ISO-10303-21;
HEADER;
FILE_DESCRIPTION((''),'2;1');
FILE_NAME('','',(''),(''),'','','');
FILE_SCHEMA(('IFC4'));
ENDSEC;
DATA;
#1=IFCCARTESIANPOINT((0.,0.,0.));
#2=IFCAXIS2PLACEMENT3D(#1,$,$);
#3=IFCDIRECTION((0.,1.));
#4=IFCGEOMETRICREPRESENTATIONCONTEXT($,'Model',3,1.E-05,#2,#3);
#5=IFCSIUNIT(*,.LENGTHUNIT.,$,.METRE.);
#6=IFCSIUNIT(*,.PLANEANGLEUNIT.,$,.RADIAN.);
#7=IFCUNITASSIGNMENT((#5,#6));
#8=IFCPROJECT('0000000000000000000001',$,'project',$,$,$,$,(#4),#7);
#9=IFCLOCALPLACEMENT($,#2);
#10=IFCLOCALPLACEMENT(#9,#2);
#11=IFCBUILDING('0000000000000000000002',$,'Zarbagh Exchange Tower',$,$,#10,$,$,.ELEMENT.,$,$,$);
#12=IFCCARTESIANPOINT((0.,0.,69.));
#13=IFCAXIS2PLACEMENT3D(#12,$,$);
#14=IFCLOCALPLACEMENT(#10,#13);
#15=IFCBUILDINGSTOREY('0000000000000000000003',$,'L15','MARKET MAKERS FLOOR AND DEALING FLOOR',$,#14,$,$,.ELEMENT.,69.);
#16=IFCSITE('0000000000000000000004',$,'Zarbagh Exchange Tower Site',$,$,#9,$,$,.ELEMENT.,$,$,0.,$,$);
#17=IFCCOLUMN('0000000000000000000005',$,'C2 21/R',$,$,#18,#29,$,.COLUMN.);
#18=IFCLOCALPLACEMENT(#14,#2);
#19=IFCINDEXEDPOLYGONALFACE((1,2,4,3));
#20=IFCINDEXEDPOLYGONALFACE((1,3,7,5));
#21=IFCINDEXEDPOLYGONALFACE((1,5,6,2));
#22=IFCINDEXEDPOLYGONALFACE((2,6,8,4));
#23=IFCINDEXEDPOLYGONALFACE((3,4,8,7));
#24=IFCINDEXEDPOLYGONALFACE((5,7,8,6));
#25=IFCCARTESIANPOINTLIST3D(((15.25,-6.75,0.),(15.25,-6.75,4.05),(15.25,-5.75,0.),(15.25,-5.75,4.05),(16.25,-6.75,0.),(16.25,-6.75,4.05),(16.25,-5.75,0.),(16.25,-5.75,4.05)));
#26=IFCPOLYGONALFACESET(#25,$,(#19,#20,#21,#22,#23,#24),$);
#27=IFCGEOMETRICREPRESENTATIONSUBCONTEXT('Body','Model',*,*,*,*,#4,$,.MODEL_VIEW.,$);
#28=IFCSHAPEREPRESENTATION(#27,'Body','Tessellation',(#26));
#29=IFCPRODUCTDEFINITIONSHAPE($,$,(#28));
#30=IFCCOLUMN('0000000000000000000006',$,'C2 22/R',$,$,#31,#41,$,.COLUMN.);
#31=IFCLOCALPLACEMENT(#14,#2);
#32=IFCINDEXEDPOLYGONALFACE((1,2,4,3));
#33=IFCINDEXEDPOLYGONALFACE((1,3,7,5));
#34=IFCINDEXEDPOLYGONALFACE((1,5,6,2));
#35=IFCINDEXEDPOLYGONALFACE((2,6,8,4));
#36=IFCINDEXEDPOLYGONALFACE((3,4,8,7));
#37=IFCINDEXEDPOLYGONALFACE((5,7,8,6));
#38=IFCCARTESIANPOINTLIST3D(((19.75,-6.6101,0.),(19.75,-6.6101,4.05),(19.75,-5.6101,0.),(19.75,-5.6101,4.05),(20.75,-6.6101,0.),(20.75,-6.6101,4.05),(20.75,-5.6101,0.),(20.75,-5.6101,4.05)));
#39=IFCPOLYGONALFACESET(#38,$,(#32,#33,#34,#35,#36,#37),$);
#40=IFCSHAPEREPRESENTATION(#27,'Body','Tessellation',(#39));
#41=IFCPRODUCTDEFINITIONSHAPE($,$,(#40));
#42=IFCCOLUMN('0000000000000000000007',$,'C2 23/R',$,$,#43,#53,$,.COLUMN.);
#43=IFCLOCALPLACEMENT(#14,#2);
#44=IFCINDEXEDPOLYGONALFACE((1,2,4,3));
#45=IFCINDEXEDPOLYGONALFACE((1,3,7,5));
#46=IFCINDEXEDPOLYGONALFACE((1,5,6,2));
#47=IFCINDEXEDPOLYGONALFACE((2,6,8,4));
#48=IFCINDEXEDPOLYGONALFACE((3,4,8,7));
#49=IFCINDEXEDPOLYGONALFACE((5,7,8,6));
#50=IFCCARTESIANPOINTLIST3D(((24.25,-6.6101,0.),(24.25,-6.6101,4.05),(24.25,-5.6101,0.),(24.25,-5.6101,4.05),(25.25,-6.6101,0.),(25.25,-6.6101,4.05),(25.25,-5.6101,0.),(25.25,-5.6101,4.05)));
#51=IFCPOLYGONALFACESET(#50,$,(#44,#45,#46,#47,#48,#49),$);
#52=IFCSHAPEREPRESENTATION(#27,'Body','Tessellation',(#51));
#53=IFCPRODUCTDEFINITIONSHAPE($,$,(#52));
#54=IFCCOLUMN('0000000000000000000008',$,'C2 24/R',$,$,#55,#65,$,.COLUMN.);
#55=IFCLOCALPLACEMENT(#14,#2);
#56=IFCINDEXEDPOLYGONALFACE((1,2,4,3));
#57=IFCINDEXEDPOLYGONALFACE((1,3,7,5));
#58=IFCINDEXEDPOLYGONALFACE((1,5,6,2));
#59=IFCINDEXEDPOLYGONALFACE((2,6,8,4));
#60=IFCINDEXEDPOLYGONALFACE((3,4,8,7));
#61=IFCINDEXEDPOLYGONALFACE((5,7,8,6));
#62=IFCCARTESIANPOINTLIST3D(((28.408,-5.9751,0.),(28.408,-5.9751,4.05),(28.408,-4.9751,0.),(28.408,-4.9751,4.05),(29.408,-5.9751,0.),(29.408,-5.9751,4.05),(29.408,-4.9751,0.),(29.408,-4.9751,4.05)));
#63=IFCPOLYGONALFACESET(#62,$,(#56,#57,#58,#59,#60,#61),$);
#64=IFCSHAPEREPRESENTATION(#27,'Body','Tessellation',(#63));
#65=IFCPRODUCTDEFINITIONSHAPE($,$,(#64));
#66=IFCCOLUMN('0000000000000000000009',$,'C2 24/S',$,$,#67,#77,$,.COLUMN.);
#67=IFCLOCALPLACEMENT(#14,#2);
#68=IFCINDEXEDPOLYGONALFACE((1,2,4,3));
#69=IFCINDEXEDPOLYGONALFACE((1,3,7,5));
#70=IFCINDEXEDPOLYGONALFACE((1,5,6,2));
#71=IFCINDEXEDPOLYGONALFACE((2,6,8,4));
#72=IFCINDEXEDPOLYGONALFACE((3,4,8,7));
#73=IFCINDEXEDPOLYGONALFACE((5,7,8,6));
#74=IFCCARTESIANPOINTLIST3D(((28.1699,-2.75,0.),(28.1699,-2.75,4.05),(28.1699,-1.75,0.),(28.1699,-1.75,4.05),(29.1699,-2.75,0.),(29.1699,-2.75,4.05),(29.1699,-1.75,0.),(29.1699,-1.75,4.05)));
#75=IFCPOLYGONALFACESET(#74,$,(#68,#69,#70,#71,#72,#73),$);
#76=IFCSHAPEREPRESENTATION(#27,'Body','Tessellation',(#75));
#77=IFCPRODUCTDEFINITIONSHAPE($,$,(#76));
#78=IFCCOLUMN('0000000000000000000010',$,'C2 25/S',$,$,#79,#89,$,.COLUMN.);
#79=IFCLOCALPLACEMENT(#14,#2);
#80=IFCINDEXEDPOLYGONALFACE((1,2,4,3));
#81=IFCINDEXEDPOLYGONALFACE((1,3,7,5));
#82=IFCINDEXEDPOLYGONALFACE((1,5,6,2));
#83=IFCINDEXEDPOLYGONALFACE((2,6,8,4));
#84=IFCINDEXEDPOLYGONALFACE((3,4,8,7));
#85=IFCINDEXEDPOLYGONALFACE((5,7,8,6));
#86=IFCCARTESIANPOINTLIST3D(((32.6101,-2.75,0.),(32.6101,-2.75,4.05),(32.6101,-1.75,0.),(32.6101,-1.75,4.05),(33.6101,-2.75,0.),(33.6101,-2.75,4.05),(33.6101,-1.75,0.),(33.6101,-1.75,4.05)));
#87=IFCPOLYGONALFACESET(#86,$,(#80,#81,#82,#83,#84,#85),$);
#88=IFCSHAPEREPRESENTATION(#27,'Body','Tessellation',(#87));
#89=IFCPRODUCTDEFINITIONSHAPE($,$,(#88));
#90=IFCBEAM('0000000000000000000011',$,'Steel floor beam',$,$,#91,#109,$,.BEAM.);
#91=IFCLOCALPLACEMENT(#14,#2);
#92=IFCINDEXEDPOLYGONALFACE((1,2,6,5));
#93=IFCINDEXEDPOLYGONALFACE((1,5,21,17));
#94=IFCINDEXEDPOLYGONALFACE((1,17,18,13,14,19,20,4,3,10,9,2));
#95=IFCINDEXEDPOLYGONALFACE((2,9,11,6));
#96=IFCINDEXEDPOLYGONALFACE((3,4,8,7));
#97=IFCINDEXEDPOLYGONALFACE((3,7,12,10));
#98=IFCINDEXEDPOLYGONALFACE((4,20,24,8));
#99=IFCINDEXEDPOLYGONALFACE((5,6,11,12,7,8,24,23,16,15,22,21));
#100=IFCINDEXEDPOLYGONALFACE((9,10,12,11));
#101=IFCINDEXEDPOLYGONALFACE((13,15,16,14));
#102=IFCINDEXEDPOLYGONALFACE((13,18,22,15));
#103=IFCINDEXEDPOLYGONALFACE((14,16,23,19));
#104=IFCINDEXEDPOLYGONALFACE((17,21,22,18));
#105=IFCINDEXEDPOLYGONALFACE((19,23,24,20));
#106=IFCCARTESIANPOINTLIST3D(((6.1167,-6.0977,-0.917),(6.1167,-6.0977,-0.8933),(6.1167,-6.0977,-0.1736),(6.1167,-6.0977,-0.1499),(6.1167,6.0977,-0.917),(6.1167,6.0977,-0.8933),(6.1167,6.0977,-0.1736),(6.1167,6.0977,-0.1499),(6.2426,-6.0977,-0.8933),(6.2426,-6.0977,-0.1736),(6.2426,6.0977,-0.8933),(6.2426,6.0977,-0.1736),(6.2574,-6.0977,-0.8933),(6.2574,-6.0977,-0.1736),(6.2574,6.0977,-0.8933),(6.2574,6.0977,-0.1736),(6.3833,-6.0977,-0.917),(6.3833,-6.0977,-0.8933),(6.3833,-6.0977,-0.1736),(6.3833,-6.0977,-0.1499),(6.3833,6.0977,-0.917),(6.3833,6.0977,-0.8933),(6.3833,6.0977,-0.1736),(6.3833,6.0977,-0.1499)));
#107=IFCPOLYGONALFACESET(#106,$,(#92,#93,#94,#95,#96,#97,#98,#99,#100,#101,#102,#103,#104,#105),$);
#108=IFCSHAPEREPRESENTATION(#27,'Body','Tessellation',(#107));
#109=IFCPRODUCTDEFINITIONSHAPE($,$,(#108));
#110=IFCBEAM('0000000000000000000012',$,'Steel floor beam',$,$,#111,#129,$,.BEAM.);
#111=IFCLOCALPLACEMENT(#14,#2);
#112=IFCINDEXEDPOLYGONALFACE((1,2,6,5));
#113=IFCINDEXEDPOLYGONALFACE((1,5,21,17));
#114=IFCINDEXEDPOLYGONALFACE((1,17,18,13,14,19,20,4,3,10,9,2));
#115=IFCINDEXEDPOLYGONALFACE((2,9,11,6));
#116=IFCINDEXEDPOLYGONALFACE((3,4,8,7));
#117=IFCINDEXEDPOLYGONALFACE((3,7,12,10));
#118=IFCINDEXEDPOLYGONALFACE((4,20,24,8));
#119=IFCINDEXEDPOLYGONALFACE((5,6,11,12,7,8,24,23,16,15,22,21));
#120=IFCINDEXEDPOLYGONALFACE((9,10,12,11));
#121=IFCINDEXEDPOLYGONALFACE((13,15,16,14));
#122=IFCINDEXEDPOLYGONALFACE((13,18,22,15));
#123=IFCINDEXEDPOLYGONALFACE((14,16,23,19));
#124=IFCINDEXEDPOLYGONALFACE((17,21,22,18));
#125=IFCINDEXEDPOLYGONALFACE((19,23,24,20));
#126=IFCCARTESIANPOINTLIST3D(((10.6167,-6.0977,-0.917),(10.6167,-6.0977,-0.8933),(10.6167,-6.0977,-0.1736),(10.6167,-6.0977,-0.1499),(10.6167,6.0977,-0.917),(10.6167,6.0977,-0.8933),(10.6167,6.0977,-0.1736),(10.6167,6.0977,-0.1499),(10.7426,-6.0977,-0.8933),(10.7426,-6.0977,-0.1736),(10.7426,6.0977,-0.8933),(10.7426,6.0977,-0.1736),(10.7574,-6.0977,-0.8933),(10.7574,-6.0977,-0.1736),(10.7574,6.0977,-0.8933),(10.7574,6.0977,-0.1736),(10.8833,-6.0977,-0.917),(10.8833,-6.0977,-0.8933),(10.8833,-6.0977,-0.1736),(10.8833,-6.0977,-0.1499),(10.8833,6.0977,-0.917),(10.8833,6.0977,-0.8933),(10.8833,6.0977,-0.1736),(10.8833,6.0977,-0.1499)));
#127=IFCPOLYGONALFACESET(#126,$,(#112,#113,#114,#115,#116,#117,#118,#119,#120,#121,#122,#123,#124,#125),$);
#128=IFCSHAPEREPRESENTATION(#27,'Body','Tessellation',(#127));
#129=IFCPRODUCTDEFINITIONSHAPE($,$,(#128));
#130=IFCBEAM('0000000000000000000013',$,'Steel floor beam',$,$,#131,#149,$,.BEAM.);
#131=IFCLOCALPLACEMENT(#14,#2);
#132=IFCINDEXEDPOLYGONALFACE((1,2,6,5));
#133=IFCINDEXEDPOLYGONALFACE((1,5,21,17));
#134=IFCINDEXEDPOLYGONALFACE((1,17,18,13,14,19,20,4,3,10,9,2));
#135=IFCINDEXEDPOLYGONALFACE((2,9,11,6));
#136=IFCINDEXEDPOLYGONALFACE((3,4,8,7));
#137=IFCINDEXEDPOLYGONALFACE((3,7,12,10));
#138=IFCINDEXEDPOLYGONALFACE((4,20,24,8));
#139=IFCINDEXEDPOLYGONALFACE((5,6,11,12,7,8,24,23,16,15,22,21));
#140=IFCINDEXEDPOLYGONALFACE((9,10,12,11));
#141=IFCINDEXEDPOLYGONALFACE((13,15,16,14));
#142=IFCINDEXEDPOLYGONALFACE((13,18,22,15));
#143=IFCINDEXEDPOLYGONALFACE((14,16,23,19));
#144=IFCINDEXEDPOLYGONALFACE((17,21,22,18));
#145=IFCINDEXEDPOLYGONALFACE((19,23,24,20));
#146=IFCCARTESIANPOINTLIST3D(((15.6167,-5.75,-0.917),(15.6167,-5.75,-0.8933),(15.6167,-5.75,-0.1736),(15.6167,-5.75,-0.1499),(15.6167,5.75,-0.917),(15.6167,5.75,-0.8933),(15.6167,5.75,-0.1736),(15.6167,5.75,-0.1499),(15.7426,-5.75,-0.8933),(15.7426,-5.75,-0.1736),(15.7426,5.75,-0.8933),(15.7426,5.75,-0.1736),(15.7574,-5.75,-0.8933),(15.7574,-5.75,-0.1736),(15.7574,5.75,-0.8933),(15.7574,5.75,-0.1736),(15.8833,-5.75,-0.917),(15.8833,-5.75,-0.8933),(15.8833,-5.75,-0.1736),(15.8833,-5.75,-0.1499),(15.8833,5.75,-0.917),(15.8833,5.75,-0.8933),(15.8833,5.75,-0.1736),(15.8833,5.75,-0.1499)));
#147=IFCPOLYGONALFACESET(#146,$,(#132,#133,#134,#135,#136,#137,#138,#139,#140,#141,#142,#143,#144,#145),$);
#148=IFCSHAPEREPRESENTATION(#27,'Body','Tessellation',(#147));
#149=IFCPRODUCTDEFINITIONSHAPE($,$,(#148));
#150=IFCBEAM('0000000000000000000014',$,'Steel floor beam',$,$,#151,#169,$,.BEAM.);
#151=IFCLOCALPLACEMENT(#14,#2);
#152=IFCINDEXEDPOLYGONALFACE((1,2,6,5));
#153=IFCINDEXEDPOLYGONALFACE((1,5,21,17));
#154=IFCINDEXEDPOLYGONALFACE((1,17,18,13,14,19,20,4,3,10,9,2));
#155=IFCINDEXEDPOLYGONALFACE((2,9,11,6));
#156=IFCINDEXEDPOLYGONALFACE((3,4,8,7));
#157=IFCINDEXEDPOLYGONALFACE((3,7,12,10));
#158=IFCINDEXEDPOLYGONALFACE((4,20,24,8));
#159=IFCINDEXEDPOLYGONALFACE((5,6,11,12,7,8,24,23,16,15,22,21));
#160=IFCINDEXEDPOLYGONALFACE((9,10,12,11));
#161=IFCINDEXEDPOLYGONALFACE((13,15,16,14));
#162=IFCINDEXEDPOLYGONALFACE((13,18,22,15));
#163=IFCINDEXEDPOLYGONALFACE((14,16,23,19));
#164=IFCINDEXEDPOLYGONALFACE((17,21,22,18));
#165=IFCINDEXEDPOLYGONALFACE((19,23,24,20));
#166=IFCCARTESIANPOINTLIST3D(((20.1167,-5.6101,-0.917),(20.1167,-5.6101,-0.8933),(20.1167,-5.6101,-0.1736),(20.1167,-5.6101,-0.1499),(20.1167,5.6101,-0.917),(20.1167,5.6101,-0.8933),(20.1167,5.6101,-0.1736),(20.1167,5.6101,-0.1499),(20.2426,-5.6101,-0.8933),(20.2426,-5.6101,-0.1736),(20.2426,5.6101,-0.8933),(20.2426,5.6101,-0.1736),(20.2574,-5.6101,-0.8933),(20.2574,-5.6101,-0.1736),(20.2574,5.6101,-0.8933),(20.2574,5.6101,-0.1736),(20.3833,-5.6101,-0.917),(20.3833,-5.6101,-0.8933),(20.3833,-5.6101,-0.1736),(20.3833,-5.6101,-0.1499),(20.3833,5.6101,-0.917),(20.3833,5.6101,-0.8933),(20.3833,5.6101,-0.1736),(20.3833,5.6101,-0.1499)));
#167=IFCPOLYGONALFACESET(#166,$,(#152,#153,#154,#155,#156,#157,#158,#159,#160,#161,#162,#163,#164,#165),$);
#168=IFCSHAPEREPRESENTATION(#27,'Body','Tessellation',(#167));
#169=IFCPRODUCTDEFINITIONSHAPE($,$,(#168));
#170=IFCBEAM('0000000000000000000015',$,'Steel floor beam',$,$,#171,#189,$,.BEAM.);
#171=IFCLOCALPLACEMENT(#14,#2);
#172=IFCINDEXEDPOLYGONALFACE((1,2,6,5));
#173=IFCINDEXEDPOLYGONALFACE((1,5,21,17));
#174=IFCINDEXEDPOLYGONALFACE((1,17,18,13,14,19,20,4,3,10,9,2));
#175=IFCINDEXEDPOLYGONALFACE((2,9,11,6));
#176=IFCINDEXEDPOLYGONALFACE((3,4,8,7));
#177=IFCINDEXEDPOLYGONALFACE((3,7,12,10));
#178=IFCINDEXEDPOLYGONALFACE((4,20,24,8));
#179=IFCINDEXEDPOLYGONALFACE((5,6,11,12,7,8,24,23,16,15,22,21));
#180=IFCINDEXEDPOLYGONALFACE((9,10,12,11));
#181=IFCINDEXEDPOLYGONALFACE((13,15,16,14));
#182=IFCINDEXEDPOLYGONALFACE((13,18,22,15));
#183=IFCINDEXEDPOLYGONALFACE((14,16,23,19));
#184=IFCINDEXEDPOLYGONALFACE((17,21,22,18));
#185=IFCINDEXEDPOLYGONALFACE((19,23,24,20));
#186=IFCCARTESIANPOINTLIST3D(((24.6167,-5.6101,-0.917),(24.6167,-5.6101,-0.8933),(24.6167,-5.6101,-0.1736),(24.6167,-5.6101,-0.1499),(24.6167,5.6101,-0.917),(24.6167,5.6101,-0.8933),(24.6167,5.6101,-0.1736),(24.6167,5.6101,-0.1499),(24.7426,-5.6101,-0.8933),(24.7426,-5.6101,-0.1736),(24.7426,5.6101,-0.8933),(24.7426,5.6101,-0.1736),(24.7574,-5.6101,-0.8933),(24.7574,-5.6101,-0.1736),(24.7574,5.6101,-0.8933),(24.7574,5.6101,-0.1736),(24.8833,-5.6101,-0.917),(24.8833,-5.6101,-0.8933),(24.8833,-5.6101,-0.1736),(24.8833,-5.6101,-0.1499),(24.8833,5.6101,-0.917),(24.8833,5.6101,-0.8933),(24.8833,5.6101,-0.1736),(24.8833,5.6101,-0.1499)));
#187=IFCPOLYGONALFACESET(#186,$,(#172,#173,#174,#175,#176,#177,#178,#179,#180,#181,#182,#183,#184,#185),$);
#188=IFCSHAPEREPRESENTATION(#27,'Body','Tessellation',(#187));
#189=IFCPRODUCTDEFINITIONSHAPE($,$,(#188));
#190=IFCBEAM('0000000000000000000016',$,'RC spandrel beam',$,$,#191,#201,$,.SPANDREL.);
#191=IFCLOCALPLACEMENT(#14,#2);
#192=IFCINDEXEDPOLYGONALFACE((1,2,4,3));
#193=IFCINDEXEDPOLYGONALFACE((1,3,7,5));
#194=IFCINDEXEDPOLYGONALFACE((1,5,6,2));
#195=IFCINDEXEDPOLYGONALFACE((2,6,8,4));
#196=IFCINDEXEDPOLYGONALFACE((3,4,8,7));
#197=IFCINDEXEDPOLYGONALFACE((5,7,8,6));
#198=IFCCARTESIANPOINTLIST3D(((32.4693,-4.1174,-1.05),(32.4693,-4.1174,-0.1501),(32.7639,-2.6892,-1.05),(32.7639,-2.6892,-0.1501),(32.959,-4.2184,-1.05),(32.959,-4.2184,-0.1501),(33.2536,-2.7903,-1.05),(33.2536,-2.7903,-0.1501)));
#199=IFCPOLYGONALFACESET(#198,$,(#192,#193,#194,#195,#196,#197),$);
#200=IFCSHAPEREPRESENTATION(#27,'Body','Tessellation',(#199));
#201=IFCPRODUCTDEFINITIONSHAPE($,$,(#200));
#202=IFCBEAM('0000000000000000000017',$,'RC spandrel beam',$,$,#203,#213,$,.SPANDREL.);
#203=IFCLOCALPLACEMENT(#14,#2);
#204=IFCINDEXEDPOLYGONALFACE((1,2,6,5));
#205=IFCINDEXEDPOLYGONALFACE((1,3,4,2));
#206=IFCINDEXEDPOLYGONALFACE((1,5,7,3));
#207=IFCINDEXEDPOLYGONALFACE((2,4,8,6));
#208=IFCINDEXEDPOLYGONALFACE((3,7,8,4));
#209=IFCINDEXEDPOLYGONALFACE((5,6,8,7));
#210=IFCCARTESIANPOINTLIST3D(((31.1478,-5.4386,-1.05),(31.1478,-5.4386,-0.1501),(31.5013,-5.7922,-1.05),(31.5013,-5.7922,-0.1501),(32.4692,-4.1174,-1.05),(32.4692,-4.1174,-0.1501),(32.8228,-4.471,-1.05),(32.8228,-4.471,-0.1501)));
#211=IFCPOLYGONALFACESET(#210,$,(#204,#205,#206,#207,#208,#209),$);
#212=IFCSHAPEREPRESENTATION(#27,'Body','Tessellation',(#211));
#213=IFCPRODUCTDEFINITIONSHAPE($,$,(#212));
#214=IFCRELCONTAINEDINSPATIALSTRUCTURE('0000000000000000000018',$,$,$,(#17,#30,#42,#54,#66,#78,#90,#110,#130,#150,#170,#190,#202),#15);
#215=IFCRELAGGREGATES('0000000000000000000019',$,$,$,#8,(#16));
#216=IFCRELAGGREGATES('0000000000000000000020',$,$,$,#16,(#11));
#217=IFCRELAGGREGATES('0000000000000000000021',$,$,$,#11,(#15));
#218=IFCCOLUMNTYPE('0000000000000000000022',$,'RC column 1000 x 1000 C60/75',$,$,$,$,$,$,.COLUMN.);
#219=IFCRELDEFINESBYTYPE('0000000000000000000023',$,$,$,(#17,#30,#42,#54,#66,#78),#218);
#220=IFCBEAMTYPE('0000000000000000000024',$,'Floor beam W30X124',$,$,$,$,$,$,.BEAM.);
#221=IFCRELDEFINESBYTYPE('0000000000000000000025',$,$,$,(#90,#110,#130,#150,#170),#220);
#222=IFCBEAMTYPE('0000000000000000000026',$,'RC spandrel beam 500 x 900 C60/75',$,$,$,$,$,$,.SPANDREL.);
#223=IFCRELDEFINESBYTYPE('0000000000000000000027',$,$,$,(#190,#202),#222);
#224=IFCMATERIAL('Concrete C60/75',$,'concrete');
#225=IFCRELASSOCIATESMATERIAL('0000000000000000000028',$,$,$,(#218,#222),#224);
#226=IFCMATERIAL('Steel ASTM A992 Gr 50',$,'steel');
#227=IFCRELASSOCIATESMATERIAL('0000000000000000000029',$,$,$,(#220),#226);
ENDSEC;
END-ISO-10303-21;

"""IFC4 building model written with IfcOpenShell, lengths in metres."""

from ifc_helpers import new_model, si_unit, direction, frame, origin, origin_2d, place, context, subcontext, project, spatial, rectangle, i_section, extrude, material, material_profile, profile_set, type_object, element, save


model = new_model("IFC4")

# Units and contexts
model_context = context("Model", 3, precision=1e-05, world=origin(), true_north=direction((0.0, 1.0)))
body_context = subcontext(model_context, "Body", "Model", "MODEL_VIEW")
ifc_project = project(units=[si_unit("LENGTHUNIT", "METRE"), si_unit("PLANEANGLEUNIT", "RADIAN")], contexts=[model_context])

# Site, building, storey
site_placement = place(None, origin())
site = spatial("IfcSite", under=ifc_project, at=site_placement, Name="Zarbagh Exchange Tower Site", CompositionType="ELEMENT", RefElevation=0.0)
building_placement = place(site_placement, origin())
building = spatial("IfcBuilding", under=site, at=building_placement, Name="Zarbagh Exchange Tower", CompositionType="ELEMENT")
storey_placement = place(building_placement, frame((0.0, 0.0, 69.0)))
storey = spatial("IfcBuildingStorey", under=building, at=storey_placement, Name="L15", Description="MARKET MAKERS FLOOR AND DEALING FLOOR", CompositionType="ELEMENT", Elevation=69.0)

# Columns
ifc_material_1 = material(Name="Concrete C60/75", Category="concrete")
ifc_material_profile_1 = material_profile(ifc_material_1, rectangle(XDim=1.0, YDim=1.0, at=origin_2d()), Name="RC column 1000 x 1000 C60/75")
ifc_profile_set_1 = profile_set([ifc_material_profile_1], Name="Concrete C60/75")
column_type = type_object("IfcColumnType", Name="RC column 1000 x 1000 C60/75", PredefinedType="COLUMN", material=ifc_profile_set_1)
for number, where, z_axis, x_axis, name in (
    (1, (15.75, -6.25, 0.0), (0.0, 0.0, 1.0), (1.0, 0.0, 0.0), "C2 21/R"),
    (2, (20.25, -6.1101, 0.0), (0.0, 0.0, 1.0), (1.0, 0.0, 0.0), "C2 22/R"),
    (3, (24.75, -6.1101, 0.0), (0.0, 0.0, 1.0), (1.0, 0.0, 0.0), "C2 23/R"),
    (4, (28.908, -5.4751, 0.0), (0.0, 0.0, 1.0), (1.0, 0.0, 0.0), "C2 24/R"),
    (5, (28.6699, -2.25, 0.0), (0.0, 0.0, 1.0), (1.0, 0.0, 0.0), "C2 24/S"),
    (6, (33.1101, -2.25, 0.0), (0.0, 0.0, 1.0), (1.0, 0.0, 0.0), "C2 25/S"),
):
    element("IfcColumn", number, at=place(storey_placement, frame(where, z_axis=z_axis, x_axis=x_axis)), inside=storey, type_object=column_type, Name=name, PredefinedType="COLUMN", context=body_context, shape_type="SweptSolid", body=[
        extrude(rectangle(XDim=1.0, YDim=1.0, at=origin_2d()), origin(), (0.0, 0.0, 1.0), 4.05),
    ])

# Beams
ifc_material_2 = material(Name="Steel ASTM A992 Gr 50", Category="steel")
ifc_material_profile_2 = material_profile(ifc_material_2, i_section(OverallWidth=0.2666, OverallDepth=0.7671, WebThickness=0.0149, FlangeThickness=0.0237, at=origin_2d()), Name="W30X124")
ifc_profile_set_2 = profile_set([ifc_material_profile_2], Name="Steel ASTM A992 Gr 50")
beam_type_1 = type_object("IfcBeamType", Name="Floor beam W30X124", PredefinedType="BEAM", material=ifc_profile_set_2)
for number, where, z_axis, x_axis, name in (
    (7, (6.25, -6.0977, -0.5334), (0.0, 1.0, 0.0), (-1.0, 0.0, 0.0), "Steel floor beam"),
    (8, (10.75, -6.0977, -0.5334), (0.0, 1.0, 0.0), (-1.0, 0.0, 0.0), "Steel floor beam"),
):
    element("IfcBeam", number, at=place(storey_placement, frame(where, z_axis=z_axis, x_axis=x_axis)), inside=storey, type_object=beam_type_1, Name=name, PredefinedType="BEAM", context=body_context, shape_type="SweptSolid", body=[
        extrude(i_section(OverallWidth=0.2666, OverallDepth=0.7671, WebThickness=0.0149, FlangeThickness=0.0237, at=origin_2d()), origin(), (0.0, 0.0, 1.0), 12.1953),
    ])
beam_1_placement = place(storey_placement, frame((15.75, -5.75, -0.5334), z_axis=(0.0, 1.0, 0.0), x_axis=(-1.0, 0.0, 0.0)))
element("IfcBeam", 9, at=beam_1_placement, inside=storey, type_object=beam_type_1, Name="Steel floor beam", PredefinedType="BEAM", context=body_context, shape_type="SweptSolid", body=[
    extrude(i_section(OverallWidth=0.2666, OverallDepth=0.7671, WebThickness=0.0149, FlangeThickness=0.0237, at=origin_2d()), origin(), (0.0, 0.0, 1.0), 11.5),
])
for number, where, z_axis, x_axis, name in (
    (10, (20.25, -5.6101, -0.5334), (0.0, 1.0, 0.0), (-1.0, 0.0, 0.0), "Steel floor beam"),
    (11, (24.75, -5.6101, -0.5334), (0.0, 1.0, 0.0), (-1.0, 0.0, 0.0), "Steel floor beam"),
):
    element("IfcBeam", number, at=place(storey_placement, frame(where, z_axis=z_axis, x_axis=x_axis)), inside=storey, type_object=beam_type_1, Name=name, PredefinedType="BEAM", context=body_context, shape_type="SweptSolid", body=[
        extrude(i_section(OverallWidth=0.2666, OverallDepth=0.7671, WebThickness=0.0149, FlangeThickness=0.0237, at=origin_2d()), origin(), (0.0, 0.0, 1.0), 11.2202),
    ])
ifc_material_profile_3 = material_profile(ifc_material_1, rectangle(XDim=0.5, YDim=0.8999, at=origin_2d()), Name="RC spandrel beam 500 x 900 C60/75")
ifc_profile_set_3 = profile_set([ifc_material_profile_3], Name="Concrete C60/75")
beam_type_2 = type_object("IfcBeamType", Name="RC spandrel beam 500 x 900 C60/75", PredefinedType="SPANDREL", material=ifc_profile_set_3)
beam_2_placement = place(storey_placement, frame((33.0088, -2.7397, -0.6001), z_axis=(-0.202069, -0.979371, 0.0), x_axis=(0.979371, -0.202069, 0.0)))
element("IfcBeam", 12, at=beam_2_placement, inside=storey, type_object=beam_type_2, Name="RC spandrel beam", PredefinedType="SPANDREL", context=body_context, shape_type="SweptSolid", body=[
    extrude(rectangle(XDim=0.5, YDim=0.8999, at=origin_2d()), origin(), (0.0, 0.0, 1.0), 1.4583),
])
beam_3_placement = place(storey_placement, frame((32.646, -4.2942, -0.6001), z_axis=(-0.707172, -0.707041, 0.0), x_axis=(0.707041, -0.707172, 0.0)))
element("IfcBeam", 13, at=beam_3_placement, inside=storey, type_object=beam_type_2, Name="RC spandrel beam", PredefinedType="SPANDREL", context=body_context, shape_type="SweptSolid", body=[
    extrude(rectangle(XDim=0.5, YDim=0.8999, at=origin_2d()), origin(), (0.0, 0.0, 1.0), 1.8687),
])

save(model, "model.ifc")
